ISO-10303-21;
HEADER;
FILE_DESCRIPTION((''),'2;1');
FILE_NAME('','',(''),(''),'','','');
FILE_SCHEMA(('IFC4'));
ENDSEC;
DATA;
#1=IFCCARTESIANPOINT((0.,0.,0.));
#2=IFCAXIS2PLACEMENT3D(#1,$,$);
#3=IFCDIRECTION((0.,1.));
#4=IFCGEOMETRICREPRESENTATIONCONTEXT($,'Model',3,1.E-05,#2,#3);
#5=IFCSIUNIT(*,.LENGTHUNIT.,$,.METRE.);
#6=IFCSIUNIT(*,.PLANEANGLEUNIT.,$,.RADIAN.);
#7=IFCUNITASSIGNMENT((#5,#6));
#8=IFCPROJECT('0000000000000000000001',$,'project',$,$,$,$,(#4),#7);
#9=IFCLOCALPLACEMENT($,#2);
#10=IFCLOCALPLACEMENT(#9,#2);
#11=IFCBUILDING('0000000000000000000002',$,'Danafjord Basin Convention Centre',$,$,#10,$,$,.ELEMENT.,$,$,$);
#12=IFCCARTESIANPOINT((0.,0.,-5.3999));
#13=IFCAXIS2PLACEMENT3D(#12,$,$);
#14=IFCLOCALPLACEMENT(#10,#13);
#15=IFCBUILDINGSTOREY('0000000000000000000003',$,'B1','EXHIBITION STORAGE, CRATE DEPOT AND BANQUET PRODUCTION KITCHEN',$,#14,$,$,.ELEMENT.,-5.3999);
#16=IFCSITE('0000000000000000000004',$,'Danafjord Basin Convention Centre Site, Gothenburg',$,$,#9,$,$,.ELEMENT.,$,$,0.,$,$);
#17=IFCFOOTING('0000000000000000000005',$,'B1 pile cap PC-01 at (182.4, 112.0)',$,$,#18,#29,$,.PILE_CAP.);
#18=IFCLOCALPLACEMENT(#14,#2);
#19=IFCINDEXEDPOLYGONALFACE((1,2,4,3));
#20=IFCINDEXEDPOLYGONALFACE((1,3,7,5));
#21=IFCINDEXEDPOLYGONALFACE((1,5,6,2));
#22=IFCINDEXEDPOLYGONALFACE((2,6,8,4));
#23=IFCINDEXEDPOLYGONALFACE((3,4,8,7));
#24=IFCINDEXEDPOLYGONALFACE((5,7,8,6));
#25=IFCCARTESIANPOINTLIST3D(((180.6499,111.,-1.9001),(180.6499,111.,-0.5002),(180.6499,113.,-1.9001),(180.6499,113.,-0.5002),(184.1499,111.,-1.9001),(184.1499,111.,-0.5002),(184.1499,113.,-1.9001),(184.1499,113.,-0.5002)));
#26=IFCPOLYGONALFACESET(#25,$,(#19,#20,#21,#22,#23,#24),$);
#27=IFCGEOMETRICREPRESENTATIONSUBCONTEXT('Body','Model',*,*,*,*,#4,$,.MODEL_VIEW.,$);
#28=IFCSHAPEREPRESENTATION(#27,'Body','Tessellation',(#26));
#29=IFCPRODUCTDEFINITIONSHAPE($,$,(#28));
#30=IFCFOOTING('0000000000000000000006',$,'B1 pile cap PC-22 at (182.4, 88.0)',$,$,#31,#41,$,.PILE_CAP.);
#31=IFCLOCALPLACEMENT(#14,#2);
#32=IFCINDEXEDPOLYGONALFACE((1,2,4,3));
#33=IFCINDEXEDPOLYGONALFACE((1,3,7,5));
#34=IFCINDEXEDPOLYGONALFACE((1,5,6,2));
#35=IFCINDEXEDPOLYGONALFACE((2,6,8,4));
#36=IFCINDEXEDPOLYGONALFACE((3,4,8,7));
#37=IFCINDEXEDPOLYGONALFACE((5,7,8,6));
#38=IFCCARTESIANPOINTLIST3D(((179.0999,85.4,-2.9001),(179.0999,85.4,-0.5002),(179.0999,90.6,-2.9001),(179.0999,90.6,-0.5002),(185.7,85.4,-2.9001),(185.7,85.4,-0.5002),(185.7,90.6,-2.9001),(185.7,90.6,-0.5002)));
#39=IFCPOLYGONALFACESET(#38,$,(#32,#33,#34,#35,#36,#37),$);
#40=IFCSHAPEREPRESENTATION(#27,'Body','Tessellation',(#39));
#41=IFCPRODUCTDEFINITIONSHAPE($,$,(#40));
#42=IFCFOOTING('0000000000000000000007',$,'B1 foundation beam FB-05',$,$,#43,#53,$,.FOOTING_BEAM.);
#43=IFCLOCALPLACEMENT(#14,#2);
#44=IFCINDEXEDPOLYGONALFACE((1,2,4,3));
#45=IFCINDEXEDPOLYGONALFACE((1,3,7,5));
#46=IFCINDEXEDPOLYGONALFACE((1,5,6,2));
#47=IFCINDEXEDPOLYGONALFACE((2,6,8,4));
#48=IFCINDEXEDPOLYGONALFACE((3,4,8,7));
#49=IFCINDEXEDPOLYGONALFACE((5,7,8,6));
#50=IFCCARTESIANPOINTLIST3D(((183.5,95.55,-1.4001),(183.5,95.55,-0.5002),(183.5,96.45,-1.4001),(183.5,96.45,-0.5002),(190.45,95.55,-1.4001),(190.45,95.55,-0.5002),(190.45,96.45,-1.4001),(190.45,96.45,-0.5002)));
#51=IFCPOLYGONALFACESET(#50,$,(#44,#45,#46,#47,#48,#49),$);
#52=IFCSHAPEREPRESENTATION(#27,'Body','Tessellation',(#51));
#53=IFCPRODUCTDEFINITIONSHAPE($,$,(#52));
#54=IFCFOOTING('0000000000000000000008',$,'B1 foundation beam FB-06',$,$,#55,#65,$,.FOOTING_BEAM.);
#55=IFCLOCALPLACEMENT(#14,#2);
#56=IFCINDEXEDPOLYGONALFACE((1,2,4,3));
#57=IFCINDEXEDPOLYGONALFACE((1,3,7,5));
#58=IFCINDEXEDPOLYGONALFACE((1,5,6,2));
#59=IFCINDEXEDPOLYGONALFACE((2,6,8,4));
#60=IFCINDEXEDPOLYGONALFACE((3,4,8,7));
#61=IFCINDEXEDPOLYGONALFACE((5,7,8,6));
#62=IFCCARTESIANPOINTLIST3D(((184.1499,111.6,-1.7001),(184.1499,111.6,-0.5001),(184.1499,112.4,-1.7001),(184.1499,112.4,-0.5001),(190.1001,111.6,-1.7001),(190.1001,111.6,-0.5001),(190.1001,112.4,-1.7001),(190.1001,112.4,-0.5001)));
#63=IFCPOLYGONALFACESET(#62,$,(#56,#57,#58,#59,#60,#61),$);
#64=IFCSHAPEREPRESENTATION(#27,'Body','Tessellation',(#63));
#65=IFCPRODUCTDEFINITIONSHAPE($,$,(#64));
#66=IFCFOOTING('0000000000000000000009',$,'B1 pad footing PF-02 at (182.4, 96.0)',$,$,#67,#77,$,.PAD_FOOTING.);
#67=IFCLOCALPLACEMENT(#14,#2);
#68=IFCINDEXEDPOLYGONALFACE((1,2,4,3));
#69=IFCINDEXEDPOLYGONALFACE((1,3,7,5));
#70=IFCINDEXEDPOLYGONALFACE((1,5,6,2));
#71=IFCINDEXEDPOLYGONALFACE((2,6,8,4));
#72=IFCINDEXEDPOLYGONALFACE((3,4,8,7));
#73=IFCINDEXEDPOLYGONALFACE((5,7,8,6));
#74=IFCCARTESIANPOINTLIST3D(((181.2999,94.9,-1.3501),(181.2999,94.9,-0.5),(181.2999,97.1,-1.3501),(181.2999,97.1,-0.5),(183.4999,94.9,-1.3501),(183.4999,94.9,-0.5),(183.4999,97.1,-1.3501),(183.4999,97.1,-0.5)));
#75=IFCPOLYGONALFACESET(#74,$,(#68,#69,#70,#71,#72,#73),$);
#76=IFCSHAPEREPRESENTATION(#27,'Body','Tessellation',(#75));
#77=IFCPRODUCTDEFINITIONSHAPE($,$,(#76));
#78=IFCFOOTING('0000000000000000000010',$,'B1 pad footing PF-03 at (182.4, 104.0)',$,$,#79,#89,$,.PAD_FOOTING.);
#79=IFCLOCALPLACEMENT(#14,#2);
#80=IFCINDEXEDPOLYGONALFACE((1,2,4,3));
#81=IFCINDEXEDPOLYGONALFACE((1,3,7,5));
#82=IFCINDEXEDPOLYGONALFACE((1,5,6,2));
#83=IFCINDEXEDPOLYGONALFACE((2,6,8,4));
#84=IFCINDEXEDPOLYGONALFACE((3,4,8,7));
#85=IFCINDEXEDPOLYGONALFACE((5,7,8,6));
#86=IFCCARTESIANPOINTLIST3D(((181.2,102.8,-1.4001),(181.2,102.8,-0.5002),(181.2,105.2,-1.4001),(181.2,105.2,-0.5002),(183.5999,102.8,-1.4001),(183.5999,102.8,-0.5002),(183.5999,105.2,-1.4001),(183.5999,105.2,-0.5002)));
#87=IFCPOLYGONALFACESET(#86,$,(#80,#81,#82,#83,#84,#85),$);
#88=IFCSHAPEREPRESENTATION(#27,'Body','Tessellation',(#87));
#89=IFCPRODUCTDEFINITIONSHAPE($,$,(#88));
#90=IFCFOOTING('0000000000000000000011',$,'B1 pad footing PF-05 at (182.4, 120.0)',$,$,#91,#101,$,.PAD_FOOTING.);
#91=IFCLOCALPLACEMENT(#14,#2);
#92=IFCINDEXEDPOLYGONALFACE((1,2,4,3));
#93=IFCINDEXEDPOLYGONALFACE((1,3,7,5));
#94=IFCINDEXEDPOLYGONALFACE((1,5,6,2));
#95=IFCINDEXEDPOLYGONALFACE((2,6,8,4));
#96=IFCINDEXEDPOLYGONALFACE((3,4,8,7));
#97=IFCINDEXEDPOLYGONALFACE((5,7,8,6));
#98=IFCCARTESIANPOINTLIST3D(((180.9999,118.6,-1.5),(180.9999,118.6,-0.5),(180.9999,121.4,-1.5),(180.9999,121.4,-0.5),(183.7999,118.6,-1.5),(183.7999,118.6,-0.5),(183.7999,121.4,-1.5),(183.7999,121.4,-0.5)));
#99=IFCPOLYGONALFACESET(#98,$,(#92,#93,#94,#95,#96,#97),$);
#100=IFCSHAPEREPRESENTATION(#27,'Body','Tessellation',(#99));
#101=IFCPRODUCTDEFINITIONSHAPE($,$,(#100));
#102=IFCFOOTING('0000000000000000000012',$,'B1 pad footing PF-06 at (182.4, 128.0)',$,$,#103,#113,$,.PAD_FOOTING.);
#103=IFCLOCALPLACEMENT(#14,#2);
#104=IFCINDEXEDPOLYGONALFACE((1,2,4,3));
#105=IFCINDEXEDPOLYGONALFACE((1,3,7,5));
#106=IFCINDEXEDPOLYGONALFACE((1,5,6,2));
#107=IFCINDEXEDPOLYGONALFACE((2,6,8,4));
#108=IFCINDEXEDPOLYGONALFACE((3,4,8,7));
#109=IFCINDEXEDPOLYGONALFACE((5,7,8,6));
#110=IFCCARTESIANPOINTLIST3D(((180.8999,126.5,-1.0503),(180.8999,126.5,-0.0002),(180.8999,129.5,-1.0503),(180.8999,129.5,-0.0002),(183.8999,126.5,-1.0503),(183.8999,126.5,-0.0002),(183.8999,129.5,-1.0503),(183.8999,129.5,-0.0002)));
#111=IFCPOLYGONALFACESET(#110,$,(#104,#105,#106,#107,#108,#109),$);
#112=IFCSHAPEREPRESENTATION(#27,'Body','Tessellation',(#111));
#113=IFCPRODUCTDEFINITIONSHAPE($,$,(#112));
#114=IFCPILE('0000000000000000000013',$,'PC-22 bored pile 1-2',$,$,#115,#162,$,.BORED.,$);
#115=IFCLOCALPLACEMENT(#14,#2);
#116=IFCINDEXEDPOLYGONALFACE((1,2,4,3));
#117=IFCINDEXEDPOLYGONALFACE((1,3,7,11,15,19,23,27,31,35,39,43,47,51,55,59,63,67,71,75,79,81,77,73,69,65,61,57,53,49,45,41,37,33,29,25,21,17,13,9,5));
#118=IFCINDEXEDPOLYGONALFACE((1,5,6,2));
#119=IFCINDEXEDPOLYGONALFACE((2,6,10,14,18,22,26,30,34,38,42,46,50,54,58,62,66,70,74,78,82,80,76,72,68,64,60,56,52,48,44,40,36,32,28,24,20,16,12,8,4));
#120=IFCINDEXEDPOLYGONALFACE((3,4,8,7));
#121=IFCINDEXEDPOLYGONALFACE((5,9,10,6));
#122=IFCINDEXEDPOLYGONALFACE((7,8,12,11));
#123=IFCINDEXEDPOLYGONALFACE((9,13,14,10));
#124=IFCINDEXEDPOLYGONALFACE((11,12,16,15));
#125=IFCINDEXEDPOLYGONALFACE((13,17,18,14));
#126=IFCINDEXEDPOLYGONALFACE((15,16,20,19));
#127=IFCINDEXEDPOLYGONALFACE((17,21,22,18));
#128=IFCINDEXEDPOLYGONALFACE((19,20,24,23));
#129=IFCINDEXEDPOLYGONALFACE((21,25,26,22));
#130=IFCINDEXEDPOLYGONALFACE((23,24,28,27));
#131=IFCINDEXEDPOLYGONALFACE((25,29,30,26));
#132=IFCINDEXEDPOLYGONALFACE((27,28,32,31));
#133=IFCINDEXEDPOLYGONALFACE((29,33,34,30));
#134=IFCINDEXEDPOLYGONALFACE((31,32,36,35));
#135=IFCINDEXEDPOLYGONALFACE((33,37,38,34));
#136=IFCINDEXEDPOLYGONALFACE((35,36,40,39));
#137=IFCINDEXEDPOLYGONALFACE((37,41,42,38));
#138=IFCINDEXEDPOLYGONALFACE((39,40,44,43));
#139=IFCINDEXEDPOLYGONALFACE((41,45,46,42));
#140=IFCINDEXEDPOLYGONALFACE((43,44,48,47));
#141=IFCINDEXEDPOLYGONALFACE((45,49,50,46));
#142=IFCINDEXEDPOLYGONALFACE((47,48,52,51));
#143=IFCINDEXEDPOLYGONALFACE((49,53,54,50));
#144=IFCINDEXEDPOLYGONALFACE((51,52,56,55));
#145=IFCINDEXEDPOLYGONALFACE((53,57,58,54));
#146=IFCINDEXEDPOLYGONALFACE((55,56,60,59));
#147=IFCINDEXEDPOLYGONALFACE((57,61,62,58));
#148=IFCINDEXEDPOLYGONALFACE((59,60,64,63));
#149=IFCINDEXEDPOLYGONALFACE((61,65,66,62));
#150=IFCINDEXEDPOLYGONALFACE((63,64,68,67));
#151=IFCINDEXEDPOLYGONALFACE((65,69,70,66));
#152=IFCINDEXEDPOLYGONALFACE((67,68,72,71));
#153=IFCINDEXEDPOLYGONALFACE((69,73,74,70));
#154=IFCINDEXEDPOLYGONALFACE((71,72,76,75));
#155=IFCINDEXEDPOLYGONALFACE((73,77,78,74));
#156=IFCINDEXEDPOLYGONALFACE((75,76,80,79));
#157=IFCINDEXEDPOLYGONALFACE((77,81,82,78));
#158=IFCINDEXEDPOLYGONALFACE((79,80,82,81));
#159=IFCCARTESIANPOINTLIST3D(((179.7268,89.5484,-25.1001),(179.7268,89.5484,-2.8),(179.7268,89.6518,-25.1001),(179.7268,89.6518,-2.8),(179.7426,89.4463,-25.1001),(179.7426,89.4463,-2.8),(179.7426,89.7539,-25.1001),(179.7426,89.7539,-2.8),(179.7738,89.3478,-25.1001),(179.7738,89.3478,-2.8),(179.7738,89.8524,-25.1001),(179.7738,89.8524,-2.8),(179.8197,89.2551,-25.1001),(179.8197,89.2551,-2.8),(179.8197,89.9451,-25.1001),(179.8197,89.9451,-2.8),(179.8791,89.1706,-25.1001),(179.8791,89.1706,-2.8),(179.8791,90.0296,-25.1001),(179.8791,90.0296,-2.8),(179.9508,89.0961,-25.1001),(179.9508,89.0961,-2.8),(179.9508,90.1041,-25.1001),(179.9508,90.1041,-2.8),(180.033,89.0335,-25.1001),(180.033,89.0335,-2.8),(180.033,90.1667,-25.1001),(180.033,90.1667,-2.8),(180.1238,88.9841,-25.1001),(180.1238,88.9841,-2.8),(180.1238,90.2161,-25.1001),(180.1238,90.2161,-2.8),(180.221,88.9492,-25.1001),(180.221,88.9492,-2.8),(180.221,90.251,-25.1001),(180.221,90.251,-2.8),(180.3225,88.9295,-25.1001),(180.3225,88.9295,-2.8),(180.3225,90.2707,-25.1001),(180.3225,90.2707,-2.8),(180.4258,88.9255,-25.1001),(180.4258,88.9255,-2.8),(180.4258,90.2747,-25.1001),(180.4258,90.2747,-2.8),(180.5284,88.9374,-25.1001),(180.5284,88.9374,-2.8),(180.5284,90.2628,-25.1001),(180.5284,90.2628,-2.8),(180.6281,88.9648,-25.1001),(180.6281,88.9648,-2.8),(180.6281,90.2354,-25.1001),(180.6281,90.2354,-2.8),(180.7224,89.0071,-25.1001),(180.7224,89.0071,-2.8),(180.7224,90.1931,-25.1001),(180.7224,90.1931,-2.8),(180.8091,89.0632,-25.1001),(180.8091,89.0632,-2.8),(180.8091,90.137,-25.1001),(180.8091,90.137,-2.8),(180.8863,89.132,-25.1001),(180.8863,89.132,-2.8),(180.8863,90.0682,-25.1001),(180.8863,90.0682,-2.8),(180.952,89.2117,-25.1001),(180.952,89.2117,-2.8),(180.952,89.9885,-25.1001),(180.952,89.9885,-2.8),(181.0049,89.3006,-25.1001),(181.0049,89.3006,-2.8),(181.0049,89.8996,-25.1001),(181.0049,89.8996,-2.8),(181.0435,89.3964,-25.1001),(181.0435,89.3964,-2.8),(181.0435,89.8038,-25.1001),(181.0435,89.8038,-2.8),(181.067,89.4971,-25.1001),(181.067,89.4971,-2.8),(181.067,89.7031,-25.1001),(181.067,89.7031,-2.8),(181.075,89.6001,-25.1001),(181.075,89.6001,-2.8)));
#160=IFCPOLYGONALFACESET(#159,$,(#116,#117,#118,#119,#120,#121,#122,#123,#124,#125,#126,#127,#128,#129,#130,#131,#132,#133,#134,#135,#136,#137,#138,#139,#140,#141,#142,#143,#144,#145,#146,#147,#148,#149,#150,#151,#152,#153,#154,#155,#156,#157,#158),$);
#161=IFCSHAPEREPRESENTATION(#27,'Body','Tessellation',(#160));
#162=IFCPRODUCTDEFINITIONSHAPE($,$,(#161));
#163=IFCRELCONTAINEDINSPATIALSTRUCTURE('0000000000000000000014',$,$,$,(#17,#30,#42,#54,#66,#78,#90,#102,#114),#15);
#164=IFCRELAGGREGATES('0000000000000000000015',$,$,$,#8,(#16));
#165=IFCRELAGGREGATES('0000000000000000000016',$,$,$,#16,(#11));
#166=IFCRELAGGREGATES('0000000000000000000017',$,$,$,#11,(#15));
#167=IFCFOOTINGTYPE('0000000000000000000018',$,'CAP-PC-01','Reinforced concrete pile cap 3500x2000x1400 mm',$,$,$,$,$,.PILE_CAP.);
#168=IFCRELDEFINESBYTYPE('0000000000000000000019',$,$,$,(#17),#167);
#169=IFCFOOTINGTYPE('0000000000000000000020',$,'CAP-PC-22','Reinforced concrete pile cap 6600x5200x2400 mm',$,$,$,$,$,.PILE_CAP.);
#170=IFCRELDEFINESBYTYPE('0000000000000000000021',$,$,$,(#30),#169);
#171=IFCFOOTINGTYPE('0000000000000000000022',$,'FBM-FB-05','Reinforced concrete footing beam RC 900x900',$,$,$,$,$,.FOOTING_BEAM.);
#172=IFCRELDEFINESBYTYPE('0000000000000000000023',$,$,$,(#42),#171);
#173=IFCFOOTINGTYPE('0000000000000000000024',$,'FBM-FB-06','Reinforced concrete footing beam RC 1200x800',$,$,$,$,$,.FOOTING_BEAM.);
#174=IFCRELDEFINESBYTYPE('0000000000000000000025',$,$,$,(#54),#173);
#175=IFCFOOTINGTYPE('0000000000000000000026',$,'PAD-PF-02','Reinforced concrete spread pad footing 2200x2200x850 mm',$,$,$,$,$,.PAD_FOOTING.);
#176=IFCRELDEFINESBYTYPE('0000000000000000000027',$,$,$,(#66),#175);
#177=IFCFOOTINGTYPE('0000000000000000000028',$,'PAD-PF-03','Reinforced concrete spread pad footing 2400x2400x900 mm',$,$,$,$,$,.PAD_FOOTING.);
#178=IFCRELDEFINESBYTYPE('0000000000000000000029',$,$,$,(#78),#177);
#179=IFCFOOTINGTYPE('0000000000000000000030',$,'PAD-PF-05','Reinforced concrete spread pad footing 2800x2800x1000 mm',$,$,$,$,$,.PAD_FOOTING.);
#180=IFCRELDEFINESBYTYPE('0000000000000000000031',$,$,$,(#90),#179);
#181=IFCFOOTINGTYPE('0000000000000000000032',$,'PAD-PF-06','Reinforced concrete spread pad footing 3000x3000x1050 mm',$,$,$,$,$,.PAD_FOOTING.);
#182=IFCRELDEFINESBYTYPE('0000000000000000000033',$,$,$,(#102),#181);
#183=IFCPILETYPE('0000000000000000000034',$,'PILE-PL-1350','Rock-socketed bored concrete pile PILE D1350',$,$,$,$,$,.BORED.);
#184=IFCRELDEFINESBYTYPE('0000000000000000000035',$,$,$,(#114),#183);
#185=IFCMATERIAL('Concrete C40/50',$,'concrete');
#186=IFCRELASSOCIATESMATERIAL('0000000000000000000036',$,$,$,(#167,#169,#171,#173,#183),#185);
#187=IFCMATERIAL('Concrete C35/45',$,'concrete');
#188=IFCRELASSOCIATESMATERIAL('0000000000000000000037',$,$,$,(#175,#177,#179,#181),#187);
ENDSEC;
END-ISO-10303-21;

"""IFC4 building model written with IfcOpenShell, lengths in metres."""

from ifc_helpers import new_model, si_unit, direction, frame, origin, origin_2d, place, context, subcontext, project, spatial, rectangle, circle, extrude, material, material_profile, profile_set, type_object, element, save


model = new_model("IFC4")

# Units and contexts
model_context = context("Model", 3, precision=1e-05, world=origin(), true_north=direction((0.0, 1.0)))
body_context = subcontext(model_context, "Body", "Model", "MODEL_VIEW")
ifc_project = project(units=[si_unit("LENGTHUNIT", "METRE"), si_unit("PLANEANGLEUNIT", "RADIAN")], contexts=[model_context])

# Site, building, storey
site_placement = place(None, origin())
site = spatial("IfcSite", under=ifc_project, at=site_placement, Name="Danafjord Basin Convention Centre Site, Gothenburg", CompositionType="ELEMENT", RefElevation=0.0)
building_placement = place(site_placement, origin())
building = spatial("IfcBuilding", under=site, at=building_placement, Name="Danafjord Basin Convention Centre", CompositionType="ELEMENT")
storey_placement = place(building_placement, frame((0.0, 0.0, -5.3999)))
storey = spatial("IfcBuildingStorey", under=building, at=storey_placement, Name="B1", Description="EXHIBITION STORAGE, CRATE DEPOT AND BANQUET PRODUCTION KITCHEN", CompositionType="ELEMENT", Elevation=-5.3999)

# Footings
ifc_material_1 = material(Name="Concrete C40/50", Category="concrete")
footing_type_1 = type_object("IfcFootingType", Name="CAP-PC-01", Description="Reinforced concrete pile cap 3500x2000x1400 mm", PredefinedType="PILE_CAP", material=ifc_material_1)
footing_1_placement = place(storey_placement, frame((182.3999, 112.0, -1.9001), z_axis=(0.0, 0.0, 1.0), x_axis=(1.0, 0.0, 0.0)))
element("IfcFooting", 1, at=footing_1_placement, inside=storey, type_object=footing_type_1, Name="B1 pile cap PC-01 at (182.4, 112.0)", PredefinedType="PILE_CAP", context=body_context, shape_type="SweptSolid", body=[
    extrude(rectangle(XDim=3.5, YDim=2.0, at=origin_2d()), origin(), (0.0, 0.0, 1.0), 1.3999),
])
footing_type_2 = type_object("IfcFootingType", Name="CAP-PC-22", Description="Reinforced concrete pile cap 6600x5200x2400 mm", PredefinedType="PILE_CAP", material=ifc_material_1)
footing_2_placement = place(storey_placement, frame((182.3999, 88.0, -2.9001), z_axis=(0.0, 0.0, 1.0), x_axis=(1.0, 0.0, 0.0)))
element("IfcFooting", 2, at=footing_2_placement, inside=storey, type_object=footing_type_2, Name="B1 pile cap PC-22 at (182.4, 88.0)", PredefinedType="PILE_CAP", context=body_context, shape_type="SweptSolid", body=[
    extrude(rectangle(XDim=6.6001, YDim=5.2, at=origin_2d()), origin(), (0.0, 0.0, 1.0), 2.3999),
])
ifc_material_profile_1 = material_profile(ifc_material_1, rectangle(XDim=0.8999, YDim=0.8999, at=origin_2d()), Name="RC 900x900")
ifc_profile_set_1 = profile_set([ifc_material_profile_1], Name="Concrete C40/50")
footing_type_3 = type_object("IfcFootingType", Name="FBM-FB-05", Description="Reinforced concrete footing beam RC 900x900", PredefinedType="FOOTING_BEAM", material=ifc_profile_set_1)
footing_3_placement = place(storey_placement, frame((183.5, 96.0, -0.9502), z_axis=(1.0, 0.0, 0.0), x_axis=(0.0, 1.0, 0.0)))
element("IfcFooting", 3, at=footing_3_placement, inside=storey, type_object=footing_type_3, Name="B1 foundation beam FB-05", PredefinedType="FOOTING_BEAM", context=body_context, shape_type="SweptSolid", body=[
    extrude(rectangle(XDim=0.8999, YDim=0.8999, at=origin_2d()), origin(), (0.0, 0.0, 1.0), 6.95),
])
ifc_material_profile_2 = material_profile(ifc_material_1, rectangle(XDim=0.8, YDim=1.2, at=origin_2d()), Name="RC 1200x800")
ifc_profile_set_2 = profile_set([ifc_material_profile_2], Name="Concrete C40/50")
footing_type_4 = type_object("IfcFootingType", Name="FBM-FB-06", Description="Reinforced concrete footing beam RC 1200x800", PredefinedType="FOOTING_BEAM", material=ifc_profile_set_2)
footing_4_placement = place(storey_placement, frame((184.1499, 112.0, -1.1001), z_axis=(1.0, 0.0, 0.0), x_axis=(0.0, 1.0, 0.0)))
element("IfcFooting", 4, at=footing_4_placement, inside=storey, type_object=footing_type_4, Name="B1 foundation beam FB-06", PredefinedType="FOOTING_BEAM", context=body_context, shape_type="SweptSolid", body=[
    extrude(rectangle(XDim=0.8, YDim=1.2, at=origin_2d()), origin(), (0.0, 0.0, 1.0), 5.9502),
])
ifc_material_2 = material(Name="Concrete C35/45", Category="concrete")
footing_type_5 = type_object("IfcFootingType", Name="PAD-PF-02", Description="Reinforced concrete spread pad footing 2200x2200x850 mm", PredefinedType="PAD_FOOTING", material=ifc_material_2)
footing_5_placement = place(storey_placement, frame((182.3999, 96.0, -1.3501), z_axis=(0.0, 0.0, 1.0), x_axis=(1.0, 0.0, 0.0)))
element("IfcFooting", 5, at=footing_5_placement, inside=storey, type_object=footing_type_5, Name="B1 pad footing PF-02 at (182.4, 96.0)", PredefinedType="PAD_FOOTING", context=body_context, shape_type="SweptSolid", body=[
    extrude(rectangle(XDim=2.2, YDim=2.2, at=origin_2d()), origin(), (0.0, 0.0, 1.0), 0.8501),
])
footing_type_6 = type_object("IfcFootingType", Name="PAD-PF-03", Description="Reinforced concrete spread pad footing 2400x2400x900 mm", PredefinedType="PAD_FOOTING", material=ifc_material_2)
footing_6_placement = place(storey_placement, frame((182.3999, 104.0, -1.4001), z_axis=(0.0, 0.0, 1.0), x_axis=(1.0, 0.0, 0.0)))
element("IfcFooting", 6, at=footing_6_placement, inside=storey, type_object=footing_type_6, Name="B1 pad footing PF-03 at (182.4, 104.0)", PredefinedType="PAD_FOOTING", context=body_context, shape_type="SweptSolid", body=[
    extrude(rectangle(XDim=2.3999, YDim=2.3999, at=origin_2d()), origin(), (0.0, 0.0, 1.0), 0.8999),
])
footing_type_7 = type_object("IfcFootingType", Name="PAD-PF-05", Description="Reinforced concrete spread pad footing 2800x2800x1000 mm", PredefinedType="PAD_FOOTING", material=ifc_material_2)
footing_7_placement = place(storey_placement, frame((182.3999, 120.0, -1.5), z_axis=(0.0, 0.0, 1.0), x_axis=(1.0, 0.0, 0.0)))
element("IfcFooting", 7, at=footing_7_placement, inside=storey, type_object=footing_type_7, Name="B1 pad footing PF-05 at (182.4, 120.0)", PredefinedType="PAD_FOOTING", context=body_context, shape_type="SweptSolid", body=[
    extrude(rectangle(XDim=2.8, YDim=2.8, at=origin_2d()), origin(), (0.0, 0.0, 1.0), 1.0),
])
footing_type_8 = type_object("IfcFootingType", Name="PAD-PF-06", Description="Reinforced concrete spread pad footing 3000x3000x1050 mm", PredefinedType="PAD_FOOTING", material=ifc_material_2)
footing_8_placement = place(storey_placement, frame((182.3999, 128.0, -1.0503), z_axis=(0.0, 0.0, 1.0), x_axis=(1.0, 0.0, 0.0)))
element("IfcFooting", 8, at=footing_8_placement, inside=storey, type_object=footing_type_8, Name="B1 pad footing PF-06 at (182.4, 128.0)", PredefinedType="PAD_FOOTING", context=body_context, shape_type="SweptSolid", body=[
    extrude(rectangle(XDim=3.0, YDim=3.0, at=origin_2d()), origin(), (0.0, 0.0, 1.0), 1.05),
])

# Pile
ifc_material_profile_3 = material_profile(ifc_material_1, circle(Radius=0.675, at=origin_2d()), Name="PILE D1350")
ifc_profile_set_3 = profile_set([ifc_material_profile_3], Name="Concrete C40/50")
pile_type_1 = type_object("IfcPileType", Name="PILE-PL-1350", Description="Rock-socketed bored concrete pile PILE D1350", PredefinedType="BORED", material=ifc_profile_set_3)
for number, where, z_axis, x_axis, name in (
    (9, (180.3999, 89.6001, -2.8), (0.0, 0.0, -1.0), (1.0, 0.0, 0.0), "PC-22 bored pile 1-2"),
):
    element("IfcPile", number, at=place(storey_placement, frame(where, z_axis=z_axis, x_axis=x_axis)), inside=storey, type_object=pile_type_1, Name=name, PredefinedType="BORED", context=body_context, shape_type="SweptSolid", body=[
        extrude(circle(Radius=0.675, at=origin_2d()), origin(), (0.0, 0.0, 1.0), 22.3),
    ])

save(model, "model.ifc")
